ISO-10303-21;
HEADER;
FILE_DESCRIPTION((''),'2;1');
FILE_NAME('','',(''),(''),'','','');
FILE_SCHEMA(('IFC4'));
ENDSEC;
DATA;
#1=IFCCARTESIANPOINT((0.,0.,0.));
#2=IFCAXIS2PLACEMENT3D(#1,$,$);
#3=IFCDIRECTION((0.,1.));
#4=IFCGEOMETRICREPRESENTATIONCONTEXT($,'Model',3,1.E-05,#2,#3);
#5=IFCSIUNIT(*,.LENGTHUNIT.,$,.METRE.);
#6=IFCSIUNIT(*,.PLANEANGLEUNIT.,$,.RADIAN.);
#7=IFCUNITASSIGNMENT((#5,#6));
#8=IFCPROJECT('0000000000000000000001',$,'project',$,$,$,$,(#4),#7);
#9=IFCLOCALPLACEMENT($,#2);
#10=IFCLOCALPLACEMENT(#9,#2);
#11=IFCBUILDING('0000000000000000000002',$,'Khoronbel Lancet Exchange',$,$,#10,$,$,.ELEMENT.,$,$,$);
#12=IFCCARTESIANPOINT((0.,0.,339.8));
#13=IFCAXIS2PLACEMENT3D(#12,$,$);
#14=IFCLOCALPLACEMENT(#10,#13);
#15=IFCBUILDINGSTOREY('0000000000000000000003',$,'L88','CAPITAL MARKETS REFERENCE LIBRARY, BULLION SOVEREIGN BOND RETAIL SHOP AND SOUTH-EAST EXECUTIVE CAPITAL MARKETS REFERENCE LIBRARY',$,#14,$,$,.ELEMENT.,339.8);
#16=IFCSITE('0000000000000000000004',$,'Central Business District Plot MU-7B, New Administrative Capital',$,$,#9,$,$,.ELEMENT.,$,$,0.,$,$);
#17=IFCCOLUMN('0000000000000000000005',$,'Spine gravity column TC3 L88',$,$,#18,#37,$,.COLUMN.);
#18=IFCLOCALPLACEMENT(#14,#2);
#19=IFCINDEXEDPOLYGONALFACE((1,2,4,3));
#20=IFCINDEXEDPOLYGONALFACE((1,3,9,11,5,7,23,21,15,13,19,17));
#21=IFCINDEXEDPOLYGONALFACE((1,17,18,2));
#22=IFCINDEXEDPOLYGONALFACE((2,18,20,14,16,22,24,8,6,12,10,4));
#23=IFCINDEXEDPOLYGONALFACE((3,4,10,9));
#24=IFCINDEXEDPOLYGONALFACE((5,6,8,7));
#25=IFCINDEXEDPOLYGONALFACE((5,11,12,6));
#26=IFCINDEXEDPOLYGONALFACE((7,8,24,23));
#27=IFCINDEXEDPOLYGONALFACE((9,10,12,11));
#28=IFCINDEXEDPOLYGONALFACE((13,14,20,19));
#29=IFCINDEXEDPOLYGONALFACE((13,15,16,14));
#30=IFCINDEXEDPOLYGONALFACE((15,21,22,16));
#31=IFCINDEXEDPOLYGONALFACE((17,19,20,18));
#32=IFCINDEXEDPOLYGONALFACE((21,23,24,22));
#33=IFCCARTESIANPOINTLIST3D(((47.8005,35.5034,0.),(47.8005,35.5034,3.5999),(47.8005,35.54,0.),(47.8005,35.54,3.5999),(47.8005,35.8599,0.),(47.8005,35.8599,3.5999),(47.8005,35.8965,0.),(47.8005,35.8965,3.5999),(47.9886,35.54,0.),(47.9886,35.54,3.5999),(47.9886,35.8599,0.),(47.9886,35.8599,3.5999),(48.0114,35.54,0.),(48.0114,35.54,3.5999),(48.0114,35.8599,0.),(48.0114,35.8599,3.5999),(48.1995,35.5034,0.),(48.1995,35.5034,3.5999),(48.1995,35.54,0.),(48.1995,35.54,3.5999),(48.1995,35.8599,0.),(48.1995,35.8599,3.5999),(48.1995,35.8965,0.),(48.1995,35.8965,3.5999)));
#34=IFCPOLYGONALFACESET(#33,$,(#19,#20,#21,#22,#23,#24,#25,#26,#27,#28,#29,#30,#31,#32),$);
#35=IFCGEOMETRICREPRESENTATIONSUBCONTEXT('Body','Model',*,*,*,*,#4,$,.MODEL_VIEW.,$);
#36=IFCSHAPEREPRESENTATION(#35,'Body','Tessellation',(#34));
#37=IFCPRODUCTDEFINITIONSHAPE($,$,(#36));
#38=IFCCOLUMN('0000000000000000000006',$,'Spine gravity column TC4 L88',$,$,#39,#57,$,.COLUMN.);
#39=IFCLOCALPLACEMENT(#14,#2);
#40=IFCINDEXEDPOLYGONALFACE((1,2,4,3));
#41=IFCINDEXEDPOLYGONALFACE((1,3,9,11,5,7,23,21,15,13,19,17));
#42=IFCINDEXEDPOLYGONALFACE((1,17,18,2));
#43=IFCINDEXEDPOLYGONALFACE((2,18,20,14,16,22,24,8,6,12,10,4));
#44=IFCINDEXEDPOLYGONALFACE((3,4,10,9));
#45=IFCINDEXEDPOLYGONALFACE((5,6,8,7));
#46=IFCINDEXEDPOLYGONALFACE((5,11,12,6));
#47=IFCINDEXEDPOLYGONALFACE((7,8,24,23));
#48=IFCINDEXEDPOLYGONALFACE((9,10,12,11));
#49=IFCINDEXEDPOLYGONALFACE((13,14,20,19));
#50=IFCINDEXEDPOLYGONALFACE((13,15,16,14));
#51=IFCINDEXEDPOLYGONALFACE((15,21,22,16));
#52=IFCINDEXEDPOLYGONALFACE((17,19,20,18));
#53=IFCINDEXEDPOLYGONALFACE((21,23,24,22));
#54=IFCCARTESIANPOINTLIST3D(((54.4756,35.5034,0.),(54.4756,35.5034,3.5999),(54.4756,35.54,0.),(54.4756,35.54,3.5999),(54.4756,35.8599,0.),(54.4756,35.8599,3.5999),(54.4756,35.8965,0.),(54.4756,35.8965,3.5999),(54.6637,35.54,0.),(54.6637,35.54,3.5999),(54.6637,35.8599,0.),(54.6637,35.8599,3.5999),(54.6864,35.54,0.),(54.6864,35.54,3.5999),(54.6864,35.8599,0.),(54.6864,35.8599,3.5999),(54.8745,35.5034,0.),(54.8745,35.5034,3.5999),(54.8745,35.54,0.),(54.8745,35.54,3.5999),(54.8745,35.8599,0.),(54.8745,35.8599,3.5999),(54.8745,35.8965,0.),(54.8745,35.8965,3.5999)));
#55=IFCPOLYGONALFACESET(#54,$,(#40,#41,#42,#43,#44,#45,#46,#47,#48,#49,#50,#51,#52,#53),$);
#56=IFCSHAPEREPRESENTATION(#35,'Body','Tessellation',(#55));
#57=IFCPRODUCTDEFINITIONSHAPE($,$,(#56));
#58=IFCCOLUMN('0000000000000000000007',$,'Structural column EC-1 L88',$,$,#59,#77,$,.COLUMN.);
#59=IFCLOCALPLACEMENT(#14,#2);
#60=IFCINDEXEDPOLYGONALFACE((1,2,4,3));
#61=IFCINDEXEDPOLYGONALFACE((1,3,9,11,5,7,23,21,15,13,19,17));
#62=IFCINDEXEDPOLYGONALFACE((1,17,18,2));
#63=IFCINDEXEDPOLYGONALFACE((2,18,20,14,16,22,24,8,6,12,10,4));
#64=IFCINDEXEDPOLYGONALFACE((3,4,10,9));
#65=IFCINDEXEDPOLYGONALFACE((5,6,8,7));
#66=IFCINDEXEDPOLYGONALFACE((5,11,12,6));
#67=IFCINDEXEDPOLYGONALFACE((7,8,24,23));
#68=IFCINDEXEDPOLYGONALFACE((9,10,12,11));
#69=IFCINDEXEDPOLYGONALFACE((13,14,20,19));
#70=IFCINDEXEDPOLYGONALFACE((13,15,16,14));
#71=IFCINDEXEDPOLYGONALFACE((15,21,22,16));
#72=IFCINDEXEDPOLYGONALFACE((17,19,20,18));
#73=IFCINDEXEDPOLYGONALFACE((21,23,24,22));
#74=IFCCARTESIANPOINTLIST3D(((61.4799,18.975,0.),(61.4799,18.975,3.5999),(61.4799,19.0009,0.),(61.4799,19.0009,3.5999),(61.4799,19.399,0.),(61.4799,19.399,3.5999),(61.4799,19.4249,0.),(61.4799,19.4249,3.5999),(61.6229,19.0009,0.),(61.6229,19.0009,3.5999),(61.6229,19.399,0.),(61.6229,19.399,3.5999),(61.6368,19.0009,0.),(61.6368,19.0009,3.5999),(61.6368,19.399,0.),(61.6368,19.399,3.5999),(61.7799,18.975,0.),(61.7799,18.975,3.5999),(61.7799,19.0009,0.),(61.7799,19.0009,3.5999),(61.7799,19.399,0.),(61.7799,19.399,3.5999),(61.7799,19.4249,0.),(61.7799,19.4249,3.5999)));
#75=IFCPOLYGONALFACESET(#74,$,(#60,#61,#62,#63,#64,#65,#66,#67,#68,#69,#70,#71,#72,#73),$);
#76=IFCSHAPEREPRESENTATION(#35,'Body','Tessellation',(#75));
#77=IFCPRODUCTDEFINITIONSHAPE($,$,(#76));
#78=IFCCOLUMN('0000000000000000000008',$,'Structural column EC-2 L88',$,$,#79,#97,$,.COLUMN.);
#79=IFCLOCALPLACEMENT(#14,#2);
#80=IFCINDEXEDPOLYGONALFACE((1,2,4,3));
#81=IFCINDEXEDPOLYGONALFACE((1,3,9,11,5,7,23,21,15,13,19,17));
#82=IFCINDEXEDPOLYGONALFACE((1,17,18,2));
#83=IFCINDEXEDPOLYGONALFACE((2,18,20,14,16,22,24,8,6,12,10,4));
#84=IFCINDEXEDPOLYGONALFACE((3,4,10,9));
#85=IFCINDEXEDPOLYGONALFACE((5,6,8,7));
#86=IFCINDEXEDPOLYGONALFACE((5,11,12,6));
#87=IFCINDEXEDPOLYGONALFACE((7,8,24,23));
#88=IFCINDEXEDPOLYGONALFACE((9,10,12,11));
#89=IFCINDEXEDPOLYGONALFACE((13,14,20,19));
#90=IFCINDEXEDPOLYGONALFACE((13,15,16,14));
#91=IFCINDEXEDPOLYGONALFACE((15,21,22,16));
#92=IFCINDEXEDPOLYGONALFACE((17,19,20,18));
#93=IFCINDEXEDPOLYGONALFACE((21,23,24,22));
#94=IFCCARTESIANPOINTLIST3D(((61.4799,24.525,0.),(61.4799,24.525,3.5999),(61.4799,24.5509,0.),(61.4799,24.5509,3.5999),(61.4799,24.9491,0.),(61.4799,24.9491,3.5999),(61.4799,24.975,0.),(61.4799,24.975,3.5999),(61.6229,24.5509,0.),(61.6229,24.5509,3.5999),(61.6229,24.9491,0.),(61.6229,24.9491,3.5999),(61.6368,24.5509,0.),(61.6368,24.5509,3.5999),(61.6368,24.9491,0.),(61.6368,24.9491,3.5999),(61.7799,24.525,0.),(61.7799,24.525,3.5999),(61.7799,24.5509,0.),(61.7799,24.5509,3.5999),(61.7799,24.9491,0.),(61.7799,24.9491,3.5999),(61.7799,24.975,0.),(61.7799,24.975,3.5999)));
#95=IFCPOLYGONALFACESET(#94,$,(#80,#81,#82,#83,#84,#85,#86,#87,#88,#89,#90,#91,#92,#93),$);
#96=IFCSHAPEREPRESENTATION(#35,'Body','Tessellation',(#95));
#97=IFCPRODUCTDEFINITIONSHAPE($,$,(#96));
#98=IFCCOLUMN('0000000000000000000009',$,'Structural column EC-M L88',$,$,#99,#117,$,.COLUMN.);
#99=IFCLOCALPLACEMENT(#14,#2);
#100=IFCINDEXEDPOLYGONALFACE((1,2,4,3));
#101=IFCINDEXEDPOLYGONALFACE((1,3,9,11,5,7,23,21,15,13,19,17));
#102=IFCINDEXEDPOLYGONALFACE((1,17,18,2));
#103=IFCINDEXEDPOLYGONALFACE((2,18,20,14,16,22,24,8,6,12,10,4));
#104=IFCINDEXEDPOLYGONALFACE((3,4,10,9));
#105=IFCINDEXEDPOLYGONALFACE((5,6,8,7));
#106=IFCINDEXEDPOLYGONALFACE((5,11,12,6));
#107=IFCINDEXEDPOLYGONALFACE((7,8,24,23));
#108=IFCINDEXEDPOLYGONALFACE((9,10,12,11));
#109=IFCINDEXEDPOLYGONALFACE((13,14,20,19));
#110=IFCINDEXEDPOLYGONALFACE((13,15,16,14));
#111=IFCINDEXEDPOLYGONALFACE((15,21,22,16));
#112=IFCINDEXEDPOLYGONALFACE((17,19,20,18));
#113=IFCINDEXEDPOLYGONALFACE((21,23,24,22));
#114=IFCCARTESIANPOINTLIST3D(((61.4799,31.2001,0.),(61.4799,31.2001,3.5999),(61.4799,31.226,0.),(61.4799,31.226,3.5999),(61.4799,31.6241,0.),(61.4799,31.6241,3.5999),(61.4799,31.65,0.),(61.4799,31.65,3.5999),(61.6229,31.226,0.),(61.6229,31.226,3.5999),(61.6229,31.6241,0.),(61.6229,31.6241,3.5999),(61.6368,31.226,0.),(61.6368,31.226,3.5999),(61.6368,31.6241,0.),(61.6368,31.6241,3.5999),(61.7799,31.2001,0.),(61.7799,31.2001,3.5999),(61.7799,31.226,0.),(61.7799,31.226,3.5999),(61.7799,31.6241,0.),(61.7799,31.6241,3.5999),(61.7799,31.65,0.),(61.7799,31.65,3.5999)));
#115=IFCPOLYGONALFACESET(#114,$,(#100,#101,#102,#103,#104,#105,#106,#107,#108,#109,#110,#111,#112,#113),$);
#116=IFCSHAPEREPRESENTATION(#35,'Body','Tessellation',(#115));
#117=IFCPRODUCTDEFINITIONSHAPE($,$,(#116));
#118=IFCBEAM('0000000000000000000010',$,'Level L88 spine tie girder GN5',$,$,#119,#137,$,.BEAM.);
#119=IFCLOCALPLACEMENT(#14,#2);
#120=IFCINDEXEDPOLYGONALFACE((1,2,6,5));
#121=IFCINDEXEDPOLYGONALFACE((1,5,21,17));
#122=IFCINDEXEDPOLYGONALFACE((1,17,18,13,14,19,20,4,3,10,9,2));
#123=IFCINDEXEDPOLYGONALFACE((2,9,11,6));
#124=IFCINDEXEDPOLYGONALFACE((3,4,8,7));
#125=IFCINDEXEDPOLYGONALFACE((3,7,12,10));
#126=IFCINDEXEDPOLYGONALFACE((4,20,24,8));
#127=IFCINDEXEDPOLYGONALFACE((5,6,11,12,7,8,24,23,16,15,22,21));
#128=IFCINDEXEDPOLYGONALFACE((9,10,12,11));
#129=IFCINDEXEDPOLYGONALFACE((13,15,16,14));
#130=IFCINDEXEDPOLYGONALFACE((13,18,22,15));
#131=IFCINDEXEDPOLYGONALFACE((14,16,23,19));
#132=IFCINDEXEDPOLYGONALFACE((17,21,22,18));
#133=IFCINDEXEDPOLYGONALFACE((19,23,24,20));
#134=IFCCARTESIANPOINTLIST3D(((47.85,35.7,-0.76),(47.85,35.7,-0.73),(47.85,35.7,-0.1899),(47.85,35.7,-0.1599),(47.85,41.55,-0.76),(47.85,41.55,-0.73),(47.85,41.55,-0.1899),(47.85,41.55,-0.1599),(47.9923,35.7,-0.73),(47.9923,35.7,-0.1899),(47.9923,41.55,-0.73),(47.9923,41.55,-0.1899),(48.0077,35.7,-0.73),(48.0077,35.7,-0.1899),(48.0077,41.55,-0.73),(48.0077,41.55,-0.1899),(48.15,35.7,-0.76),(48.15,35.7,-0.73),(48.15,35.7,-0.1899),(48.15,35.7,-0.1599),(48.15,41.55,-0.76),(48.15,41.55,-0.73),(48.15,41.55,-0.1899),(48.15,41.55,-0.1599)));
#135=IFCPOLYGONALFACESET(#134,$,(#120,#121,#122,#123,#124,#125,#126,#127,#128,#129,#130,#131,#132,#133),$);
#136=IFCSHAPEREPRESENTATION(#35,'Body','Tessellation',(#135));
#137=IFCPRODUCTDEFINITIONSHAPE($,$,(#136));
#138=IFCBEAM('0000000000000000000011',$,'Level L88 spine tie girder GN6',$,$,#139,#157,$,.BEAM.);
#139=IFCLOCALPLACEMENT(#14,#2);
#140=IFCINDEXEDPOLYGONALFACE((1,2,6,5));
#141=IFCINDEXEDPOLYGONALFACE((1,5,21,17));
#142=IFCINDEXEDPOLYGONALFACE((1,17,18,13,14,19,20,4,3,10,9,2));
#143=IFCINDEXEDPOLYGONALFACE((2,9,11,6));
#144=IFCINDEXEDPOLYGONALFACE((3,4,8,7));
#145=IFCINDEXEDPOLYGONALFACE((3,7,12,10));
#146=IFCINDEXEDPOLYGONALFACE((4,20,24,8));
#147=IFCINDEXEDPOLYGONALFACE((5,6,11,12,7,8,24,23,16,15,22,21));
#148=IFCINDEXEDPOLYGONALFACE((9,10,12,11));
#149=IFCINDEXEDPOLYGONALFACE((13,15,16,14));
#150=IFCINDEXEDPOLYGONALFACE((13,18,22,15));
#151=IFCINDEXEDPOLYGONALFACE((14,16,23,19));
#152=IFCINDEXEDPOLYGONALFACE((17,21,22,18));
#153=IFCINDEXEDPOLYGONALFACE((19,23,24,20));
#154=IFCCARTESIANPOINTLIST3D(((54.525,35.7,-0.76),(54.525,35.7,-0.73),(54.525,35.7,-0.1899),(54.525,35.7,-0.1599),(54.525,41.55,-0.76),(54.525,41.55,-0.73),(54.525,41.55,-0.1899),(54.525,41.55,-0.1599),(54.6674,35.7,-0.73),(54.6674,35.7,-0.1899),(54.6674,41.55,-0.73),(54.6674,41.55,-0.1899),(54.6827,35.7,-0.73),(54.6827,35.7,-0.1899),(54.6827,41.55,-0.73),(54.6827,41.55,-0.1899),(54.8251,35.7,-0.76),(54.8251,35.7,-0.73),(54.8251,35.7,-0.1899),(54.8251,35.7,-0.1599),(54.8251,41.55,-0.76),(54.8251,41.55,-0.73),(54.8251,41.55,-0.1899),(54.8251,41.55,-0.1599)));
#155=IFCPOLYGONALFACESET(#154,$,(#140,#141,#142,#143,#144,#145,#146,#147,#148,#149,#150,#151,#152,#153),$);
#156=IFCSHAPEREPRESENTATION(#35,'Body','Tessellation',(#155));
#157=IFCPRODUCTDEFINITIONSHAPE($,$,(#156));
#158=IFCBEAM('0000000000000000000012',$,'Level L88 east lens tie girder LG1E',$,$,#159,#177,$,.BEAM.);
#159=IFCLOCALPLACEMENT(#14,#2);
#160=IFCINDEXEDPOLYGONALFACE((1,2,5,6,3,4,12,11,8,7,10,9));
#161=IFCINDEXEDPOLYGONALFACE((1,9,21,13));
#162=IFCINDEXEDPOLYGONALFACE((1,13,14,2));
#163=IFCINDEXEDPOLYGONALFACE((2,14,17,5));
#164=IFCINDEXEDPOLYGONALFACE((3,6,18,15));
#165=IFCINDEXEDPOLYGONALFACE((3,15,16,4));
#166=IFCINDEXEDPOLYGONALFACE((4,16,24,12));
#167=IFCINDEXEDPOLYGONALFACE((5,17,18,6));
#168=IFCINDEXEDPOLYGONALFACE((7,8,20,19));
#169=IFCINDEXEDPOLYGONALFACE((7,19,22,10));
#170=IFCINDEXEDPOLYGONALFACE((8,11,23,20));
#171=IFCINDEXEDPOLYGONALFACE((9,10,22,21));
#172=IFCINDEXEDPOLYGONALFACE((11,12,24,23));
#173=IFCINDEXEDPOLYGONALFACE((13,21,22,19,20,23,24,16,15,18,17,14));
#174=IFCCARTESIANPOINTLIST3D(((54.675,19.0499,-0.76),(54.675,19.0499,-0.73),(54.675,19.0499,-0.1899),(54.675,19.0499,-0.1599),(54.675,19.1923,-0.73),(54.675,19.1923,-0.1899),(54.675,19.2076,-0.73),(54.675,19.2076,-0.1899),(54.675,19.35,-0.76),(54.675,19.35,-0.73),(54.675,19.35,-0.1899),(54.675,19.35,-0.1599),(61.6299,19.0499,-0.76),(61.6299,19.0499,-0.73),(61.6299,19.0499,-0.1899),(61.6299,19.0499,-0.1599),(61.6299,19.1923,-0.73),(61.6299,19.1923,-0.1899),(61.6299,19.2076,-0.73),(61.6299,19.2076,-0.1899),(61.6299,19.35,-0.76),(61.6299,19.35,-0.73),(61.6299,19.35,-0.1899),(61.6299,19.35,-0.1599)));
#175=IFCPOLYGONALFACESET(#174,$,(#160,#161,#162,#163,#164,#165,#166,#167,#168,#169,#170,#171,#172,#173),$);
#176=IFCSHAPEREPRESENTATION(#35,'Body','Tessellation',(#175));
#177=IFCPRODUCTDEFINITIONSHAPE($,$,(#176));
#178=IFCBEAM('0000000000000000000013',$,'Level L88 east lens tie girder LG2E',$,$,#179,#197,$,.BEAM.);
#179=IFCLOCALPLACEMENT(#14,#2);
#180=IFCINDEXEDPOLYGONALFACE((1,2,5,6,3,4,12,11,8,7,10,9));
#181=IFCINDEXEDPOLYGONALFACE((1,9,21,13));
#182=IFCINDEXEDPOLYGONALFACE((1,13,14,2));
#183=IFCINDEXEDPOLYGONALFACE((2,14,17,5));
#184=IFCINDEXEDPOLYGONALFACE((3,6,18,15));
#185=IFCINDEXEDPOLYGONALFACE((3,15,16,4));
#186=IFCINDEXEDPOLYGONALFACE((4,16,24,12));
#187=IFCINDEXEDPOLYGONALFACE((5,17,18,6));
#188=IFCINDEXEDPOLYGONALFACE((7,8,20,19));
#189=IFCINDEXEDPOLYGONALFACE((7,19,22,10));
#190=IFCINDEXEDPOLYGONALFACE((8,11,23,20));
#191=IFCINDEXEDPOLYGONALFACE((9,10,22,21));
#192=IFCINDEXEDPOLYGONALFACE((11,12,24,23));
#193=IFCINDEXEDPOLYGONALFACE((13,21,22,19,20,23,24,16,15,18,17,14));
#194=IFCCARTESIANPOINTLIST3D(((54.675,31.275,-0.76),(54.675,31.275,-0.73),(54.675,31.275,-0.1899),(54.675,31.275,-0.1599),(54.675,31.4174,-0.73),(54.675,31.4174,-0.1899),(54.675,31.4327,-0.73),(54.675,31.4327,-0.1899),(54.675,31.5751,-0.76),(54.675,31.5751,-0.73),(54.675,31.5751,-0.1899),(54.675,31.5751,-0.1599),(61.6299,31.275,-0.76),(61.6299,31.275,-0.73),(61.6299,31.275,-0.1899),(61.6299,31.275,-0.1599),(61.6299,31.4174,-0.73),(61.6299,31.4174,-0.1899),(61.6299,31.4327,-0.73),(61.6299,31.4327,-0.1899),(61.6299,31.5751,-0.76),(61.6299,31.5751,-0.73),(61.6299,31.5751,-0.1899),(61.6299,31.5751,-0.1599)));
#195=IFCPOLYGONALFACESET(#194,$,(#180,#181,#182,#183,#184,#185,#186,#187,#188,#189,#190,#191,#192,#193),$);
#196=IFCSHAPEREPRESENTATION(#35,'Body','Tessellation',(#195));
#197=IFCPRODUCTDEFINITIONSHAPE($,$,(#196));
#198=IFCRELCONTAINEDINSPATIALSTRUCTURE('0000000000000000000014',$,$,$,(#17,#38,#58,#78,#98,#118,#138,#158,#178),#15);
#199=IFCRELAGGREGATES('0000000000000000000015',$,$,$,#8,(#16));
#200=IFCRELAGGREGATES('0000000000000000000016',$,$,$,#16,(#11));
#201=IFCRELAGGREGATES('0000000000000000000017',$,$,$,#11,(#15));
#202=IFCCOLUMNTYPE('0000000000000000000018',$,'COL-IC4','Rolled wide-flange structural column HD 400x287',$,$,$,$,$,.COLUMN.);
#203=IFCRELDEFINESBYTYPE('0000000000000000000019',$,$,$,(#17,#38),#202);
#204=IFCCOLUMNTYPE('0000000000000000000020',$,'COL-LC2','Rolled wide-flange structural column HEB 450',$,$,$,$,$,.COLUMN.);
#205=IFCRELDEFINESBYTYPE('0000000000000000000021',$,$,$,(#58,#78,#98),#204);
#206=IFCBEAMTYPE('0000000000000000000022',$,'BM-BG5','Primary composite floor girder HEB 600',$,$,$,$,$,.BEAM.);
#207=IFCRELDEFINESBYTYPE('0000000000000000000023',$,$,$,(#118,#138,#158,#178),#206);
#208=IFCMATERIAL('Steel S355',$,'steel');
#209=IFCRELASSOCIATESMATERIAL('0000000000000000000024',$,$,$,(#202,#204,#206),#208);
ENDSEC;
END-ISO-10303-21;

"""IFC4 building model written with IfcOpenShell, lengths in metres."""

from ifc_helpers import new_model, si_unit, direction, frame, origin, origin_2d, place, context, subcontext, project, spatial, i_section, extrude, material, material_profile, profile_set, type_object, element, save


model = new_model("IFC4")

# Units and contexts
model_context = context("Model", 3, precision=1e-05, world=origin(), true_north=direction((0.0, 1.0)))
body_context = subcontext(model_context, "Body", "Model", "MODEL_VIEW")
ifc_project = project(units=[si_unit("LENGTHUNIT", "METRE"), si_unit("PLANEANGLEUNIT", "RADIAN")], contexts=[model_context])

# Site, building, storey
site_placement = place(None, origin())
site = spatial("IfcSite", under=ifc_project, at=site_placement, Name="Central Business District Plot MU-7B, New Administrative Capital", CompositionType="ELEMENT", RefElevation=0.0)
building_placement = place(site_placement, origin())
building = spatial("IfcBuilding", under=site, at=building_placement, Name="Khoronbel Lancet Exchange", CompositionType="ELEMENT")
storey_placement = place(building_placement, frame((0.0, 0.0, 339.8)))
storey = spatial("IfcBuildingStorey", under=building, at=storey_placement, Name="L88", Description="CAPITAL MARKETS REFERENCE LIBRARY, BULLION SOVEREIGN BOND RETAIL SHOP AND SOUTH-EAST EXECUTIVE CAPITAL MARKETS REFERENCE LIBRARY", CompositionType="ELEMENT", Elevation=339.8)

# Columns
ifc_material_1 = material(Name="Steel S355", Category="steel")
ifc_material_profile_1 = material_profile(ifc_material_1, i_section(OverallWidth=0.3989, OverallDepth=0.3931, WebThickness=0.0227, FlangeThickness=0.0366, at=origin_2d()), Name="HD 400x287")
ifc_profile_set_1 = profile_set([ifc_material_profile_1], Name="Steel S355")
column_type_1 = type_object("IfcColumnType", Name="COL-IC4", Description="Rolled wide-flange structural column HD 400x287", PredefinedType="COLUMN", material=ifc_profile_set_1)
for number, where, z_axis, x_axis, name in (
    (1, (48.0, 35.7, 0.0), (0.0, 0.0, 1.0), (1.0, 0.0, 0.0), "Spine gravity column TC3 L88"),
    (2, (54.675, 35.7, 0.0), (0.0, 0.0, 1.0), (1.0, 0.0, 0.0), "Spine gravity column TC4 L88"),
):
    element("IfcColumn", number, at=place(storey_placement, frame(where, z_axis=z_axis, x_axis=x_axis)), inside=storey, type_object=column_type_1, Name=name, PredefinedType="COLUMN", context=body_context, shape_type="SweptSolid", body=[
        extrude(i_section(OverallWidth=0.3989, OverallDepth=0.3931, WebThickness=0.0227, FlangeThickness=0.0366, at=origin_2d()), origin(), (0.0, 0.0, 1.0), 3.5999),
    ])
ifc_material_profile_2 = material_profile(ifc_material_1, i_section(OverallWidth=0.3, OverallDepth=0.45, WebThickness=0.0139, FlangeThickness=0.0259, at=origin_2d()), Name="HEB 450")
ifc_profile_set_2 = profile_set([ifc_material_profile_2], Name="Steel S355")
column_type_2 = type_object("IfcColumnType", Name="COL-LC2", Description="Rolled wide-flange structural column HEB 450", PredefinedType="COLUMN", material=ifc_profile_set_2)
for number, where, z_axis, x_axis, name in (
    (3, (61.6299, 19.2, 0.0), (0.0, 0.0, 1.0), (1.0, 0.0, 0.0), "Structural column EC-1 L88"),
    (4, (61.6299, 24.75, 0.0), (0.0, 0.0, 1.0), (1.0, 0.0, 0.0), "Structural column EC-2 L88"),
    (5, (61.6299, 31.425, 0.0), (0.0, 0.0, 1.0), (1.0, 0.0, 0.0), "Structural column EC-M L88"),
):
    element("IfcColumn", number, at=place(storey_placement, frame(where, z_axis=z_axis, x_axis=x_axis)), inside=storey, type_object=column_type_2, Name=name, PredefinedType="COLUMN", context=body_context, shape_type="SweptSolid", body=[
        extrude(i_section(OverallWidth=0.3, OverallDepth=0.45, WebThickness=0.0139, FlangeThickness=0.0259, at=origin_2d()), origin(), (0.0, 0.0, 1.0), 3.5999),
    ])

# Beams
ifc_material_profile_3 = material_profile(ifc_material_1, i_section(OverallWidth=0.3, OverallDepth=0.6001, WebThickness=0.0154, FlangeThickness=0.03, at=origin_2d()), Name="HEB 600")
ifc_profile_set_3 = profile_set([ifc_material_profile_3], Name="Steel S355")
beam_type_1 = type_object("IfcBeamType", Name="BM-BG5", Description="Primary composite floor girder HEB 600", PredefinedType="BEAM", material=ifc_profile_set_3)
for number, where, z_axis, x_axis, name in (
    (6, (48.0, 35.7, -0.46), (0.0, 1.0, 0.0), (-1.0, 0.0, 0.0), "Level L88 spine tie girder GN5"),
    (7, (54.675, 35.7, -0.46), (0.0, 1.0, 0.0), (-1.0, 0.0, 0.0), "Level L88 spine tie girder GN6"),
):
    element("IfcBeam", number, at=place(storey_placement, frame(where, z_axis=z_axis, x_axis=x_axis)), inside=storey, type_object=beam_type_1, Name=name, PredefinedType="BEAM", context=body_context, shape_type="SweptSolid", body=[
        extrude(i_section(OverallWidth=0.3, OverallDepth=0.6001, WebThickness=0.0154, FlangeThickness=0.03, at=origin_2d()), origin(), (0.0, 0.0, 1.0), 5.8501),
    ])
for number, where, z_axis, x_axis, name in (
    (8, (54.675, 19.2, -0.46), (1.0, 0.0, 0.0), (0.0, 1.0, 0.0), "Level L88 east lens tie girder LG1E"),
    (9, (54.675, 31.425, -0.46), (1.0, 0.0, 0.0), (0.0, 1.0, 0.0), "Level L88 east lens tie girder LG2E"),
):
    element("IfcBeam", number, at=place(storey_placement, frame(where, z_axis=z_axis, x_axis=x_axis)), inside=storey, type_object=beam_type_1, Name=name, PredefinedType="BEAM", context=body_context, shape_type="SweptSolid", body=[
        extrude(i_section(OverallWidth=0.3, OverallDepth=0.6001, WebThickness=0.0154, FlangeThickness=0.03, at=origin_2d()), origin(), (0.0, 0.0, 1.0), 6.9548),
    ])

save(model, "model.ifc")
